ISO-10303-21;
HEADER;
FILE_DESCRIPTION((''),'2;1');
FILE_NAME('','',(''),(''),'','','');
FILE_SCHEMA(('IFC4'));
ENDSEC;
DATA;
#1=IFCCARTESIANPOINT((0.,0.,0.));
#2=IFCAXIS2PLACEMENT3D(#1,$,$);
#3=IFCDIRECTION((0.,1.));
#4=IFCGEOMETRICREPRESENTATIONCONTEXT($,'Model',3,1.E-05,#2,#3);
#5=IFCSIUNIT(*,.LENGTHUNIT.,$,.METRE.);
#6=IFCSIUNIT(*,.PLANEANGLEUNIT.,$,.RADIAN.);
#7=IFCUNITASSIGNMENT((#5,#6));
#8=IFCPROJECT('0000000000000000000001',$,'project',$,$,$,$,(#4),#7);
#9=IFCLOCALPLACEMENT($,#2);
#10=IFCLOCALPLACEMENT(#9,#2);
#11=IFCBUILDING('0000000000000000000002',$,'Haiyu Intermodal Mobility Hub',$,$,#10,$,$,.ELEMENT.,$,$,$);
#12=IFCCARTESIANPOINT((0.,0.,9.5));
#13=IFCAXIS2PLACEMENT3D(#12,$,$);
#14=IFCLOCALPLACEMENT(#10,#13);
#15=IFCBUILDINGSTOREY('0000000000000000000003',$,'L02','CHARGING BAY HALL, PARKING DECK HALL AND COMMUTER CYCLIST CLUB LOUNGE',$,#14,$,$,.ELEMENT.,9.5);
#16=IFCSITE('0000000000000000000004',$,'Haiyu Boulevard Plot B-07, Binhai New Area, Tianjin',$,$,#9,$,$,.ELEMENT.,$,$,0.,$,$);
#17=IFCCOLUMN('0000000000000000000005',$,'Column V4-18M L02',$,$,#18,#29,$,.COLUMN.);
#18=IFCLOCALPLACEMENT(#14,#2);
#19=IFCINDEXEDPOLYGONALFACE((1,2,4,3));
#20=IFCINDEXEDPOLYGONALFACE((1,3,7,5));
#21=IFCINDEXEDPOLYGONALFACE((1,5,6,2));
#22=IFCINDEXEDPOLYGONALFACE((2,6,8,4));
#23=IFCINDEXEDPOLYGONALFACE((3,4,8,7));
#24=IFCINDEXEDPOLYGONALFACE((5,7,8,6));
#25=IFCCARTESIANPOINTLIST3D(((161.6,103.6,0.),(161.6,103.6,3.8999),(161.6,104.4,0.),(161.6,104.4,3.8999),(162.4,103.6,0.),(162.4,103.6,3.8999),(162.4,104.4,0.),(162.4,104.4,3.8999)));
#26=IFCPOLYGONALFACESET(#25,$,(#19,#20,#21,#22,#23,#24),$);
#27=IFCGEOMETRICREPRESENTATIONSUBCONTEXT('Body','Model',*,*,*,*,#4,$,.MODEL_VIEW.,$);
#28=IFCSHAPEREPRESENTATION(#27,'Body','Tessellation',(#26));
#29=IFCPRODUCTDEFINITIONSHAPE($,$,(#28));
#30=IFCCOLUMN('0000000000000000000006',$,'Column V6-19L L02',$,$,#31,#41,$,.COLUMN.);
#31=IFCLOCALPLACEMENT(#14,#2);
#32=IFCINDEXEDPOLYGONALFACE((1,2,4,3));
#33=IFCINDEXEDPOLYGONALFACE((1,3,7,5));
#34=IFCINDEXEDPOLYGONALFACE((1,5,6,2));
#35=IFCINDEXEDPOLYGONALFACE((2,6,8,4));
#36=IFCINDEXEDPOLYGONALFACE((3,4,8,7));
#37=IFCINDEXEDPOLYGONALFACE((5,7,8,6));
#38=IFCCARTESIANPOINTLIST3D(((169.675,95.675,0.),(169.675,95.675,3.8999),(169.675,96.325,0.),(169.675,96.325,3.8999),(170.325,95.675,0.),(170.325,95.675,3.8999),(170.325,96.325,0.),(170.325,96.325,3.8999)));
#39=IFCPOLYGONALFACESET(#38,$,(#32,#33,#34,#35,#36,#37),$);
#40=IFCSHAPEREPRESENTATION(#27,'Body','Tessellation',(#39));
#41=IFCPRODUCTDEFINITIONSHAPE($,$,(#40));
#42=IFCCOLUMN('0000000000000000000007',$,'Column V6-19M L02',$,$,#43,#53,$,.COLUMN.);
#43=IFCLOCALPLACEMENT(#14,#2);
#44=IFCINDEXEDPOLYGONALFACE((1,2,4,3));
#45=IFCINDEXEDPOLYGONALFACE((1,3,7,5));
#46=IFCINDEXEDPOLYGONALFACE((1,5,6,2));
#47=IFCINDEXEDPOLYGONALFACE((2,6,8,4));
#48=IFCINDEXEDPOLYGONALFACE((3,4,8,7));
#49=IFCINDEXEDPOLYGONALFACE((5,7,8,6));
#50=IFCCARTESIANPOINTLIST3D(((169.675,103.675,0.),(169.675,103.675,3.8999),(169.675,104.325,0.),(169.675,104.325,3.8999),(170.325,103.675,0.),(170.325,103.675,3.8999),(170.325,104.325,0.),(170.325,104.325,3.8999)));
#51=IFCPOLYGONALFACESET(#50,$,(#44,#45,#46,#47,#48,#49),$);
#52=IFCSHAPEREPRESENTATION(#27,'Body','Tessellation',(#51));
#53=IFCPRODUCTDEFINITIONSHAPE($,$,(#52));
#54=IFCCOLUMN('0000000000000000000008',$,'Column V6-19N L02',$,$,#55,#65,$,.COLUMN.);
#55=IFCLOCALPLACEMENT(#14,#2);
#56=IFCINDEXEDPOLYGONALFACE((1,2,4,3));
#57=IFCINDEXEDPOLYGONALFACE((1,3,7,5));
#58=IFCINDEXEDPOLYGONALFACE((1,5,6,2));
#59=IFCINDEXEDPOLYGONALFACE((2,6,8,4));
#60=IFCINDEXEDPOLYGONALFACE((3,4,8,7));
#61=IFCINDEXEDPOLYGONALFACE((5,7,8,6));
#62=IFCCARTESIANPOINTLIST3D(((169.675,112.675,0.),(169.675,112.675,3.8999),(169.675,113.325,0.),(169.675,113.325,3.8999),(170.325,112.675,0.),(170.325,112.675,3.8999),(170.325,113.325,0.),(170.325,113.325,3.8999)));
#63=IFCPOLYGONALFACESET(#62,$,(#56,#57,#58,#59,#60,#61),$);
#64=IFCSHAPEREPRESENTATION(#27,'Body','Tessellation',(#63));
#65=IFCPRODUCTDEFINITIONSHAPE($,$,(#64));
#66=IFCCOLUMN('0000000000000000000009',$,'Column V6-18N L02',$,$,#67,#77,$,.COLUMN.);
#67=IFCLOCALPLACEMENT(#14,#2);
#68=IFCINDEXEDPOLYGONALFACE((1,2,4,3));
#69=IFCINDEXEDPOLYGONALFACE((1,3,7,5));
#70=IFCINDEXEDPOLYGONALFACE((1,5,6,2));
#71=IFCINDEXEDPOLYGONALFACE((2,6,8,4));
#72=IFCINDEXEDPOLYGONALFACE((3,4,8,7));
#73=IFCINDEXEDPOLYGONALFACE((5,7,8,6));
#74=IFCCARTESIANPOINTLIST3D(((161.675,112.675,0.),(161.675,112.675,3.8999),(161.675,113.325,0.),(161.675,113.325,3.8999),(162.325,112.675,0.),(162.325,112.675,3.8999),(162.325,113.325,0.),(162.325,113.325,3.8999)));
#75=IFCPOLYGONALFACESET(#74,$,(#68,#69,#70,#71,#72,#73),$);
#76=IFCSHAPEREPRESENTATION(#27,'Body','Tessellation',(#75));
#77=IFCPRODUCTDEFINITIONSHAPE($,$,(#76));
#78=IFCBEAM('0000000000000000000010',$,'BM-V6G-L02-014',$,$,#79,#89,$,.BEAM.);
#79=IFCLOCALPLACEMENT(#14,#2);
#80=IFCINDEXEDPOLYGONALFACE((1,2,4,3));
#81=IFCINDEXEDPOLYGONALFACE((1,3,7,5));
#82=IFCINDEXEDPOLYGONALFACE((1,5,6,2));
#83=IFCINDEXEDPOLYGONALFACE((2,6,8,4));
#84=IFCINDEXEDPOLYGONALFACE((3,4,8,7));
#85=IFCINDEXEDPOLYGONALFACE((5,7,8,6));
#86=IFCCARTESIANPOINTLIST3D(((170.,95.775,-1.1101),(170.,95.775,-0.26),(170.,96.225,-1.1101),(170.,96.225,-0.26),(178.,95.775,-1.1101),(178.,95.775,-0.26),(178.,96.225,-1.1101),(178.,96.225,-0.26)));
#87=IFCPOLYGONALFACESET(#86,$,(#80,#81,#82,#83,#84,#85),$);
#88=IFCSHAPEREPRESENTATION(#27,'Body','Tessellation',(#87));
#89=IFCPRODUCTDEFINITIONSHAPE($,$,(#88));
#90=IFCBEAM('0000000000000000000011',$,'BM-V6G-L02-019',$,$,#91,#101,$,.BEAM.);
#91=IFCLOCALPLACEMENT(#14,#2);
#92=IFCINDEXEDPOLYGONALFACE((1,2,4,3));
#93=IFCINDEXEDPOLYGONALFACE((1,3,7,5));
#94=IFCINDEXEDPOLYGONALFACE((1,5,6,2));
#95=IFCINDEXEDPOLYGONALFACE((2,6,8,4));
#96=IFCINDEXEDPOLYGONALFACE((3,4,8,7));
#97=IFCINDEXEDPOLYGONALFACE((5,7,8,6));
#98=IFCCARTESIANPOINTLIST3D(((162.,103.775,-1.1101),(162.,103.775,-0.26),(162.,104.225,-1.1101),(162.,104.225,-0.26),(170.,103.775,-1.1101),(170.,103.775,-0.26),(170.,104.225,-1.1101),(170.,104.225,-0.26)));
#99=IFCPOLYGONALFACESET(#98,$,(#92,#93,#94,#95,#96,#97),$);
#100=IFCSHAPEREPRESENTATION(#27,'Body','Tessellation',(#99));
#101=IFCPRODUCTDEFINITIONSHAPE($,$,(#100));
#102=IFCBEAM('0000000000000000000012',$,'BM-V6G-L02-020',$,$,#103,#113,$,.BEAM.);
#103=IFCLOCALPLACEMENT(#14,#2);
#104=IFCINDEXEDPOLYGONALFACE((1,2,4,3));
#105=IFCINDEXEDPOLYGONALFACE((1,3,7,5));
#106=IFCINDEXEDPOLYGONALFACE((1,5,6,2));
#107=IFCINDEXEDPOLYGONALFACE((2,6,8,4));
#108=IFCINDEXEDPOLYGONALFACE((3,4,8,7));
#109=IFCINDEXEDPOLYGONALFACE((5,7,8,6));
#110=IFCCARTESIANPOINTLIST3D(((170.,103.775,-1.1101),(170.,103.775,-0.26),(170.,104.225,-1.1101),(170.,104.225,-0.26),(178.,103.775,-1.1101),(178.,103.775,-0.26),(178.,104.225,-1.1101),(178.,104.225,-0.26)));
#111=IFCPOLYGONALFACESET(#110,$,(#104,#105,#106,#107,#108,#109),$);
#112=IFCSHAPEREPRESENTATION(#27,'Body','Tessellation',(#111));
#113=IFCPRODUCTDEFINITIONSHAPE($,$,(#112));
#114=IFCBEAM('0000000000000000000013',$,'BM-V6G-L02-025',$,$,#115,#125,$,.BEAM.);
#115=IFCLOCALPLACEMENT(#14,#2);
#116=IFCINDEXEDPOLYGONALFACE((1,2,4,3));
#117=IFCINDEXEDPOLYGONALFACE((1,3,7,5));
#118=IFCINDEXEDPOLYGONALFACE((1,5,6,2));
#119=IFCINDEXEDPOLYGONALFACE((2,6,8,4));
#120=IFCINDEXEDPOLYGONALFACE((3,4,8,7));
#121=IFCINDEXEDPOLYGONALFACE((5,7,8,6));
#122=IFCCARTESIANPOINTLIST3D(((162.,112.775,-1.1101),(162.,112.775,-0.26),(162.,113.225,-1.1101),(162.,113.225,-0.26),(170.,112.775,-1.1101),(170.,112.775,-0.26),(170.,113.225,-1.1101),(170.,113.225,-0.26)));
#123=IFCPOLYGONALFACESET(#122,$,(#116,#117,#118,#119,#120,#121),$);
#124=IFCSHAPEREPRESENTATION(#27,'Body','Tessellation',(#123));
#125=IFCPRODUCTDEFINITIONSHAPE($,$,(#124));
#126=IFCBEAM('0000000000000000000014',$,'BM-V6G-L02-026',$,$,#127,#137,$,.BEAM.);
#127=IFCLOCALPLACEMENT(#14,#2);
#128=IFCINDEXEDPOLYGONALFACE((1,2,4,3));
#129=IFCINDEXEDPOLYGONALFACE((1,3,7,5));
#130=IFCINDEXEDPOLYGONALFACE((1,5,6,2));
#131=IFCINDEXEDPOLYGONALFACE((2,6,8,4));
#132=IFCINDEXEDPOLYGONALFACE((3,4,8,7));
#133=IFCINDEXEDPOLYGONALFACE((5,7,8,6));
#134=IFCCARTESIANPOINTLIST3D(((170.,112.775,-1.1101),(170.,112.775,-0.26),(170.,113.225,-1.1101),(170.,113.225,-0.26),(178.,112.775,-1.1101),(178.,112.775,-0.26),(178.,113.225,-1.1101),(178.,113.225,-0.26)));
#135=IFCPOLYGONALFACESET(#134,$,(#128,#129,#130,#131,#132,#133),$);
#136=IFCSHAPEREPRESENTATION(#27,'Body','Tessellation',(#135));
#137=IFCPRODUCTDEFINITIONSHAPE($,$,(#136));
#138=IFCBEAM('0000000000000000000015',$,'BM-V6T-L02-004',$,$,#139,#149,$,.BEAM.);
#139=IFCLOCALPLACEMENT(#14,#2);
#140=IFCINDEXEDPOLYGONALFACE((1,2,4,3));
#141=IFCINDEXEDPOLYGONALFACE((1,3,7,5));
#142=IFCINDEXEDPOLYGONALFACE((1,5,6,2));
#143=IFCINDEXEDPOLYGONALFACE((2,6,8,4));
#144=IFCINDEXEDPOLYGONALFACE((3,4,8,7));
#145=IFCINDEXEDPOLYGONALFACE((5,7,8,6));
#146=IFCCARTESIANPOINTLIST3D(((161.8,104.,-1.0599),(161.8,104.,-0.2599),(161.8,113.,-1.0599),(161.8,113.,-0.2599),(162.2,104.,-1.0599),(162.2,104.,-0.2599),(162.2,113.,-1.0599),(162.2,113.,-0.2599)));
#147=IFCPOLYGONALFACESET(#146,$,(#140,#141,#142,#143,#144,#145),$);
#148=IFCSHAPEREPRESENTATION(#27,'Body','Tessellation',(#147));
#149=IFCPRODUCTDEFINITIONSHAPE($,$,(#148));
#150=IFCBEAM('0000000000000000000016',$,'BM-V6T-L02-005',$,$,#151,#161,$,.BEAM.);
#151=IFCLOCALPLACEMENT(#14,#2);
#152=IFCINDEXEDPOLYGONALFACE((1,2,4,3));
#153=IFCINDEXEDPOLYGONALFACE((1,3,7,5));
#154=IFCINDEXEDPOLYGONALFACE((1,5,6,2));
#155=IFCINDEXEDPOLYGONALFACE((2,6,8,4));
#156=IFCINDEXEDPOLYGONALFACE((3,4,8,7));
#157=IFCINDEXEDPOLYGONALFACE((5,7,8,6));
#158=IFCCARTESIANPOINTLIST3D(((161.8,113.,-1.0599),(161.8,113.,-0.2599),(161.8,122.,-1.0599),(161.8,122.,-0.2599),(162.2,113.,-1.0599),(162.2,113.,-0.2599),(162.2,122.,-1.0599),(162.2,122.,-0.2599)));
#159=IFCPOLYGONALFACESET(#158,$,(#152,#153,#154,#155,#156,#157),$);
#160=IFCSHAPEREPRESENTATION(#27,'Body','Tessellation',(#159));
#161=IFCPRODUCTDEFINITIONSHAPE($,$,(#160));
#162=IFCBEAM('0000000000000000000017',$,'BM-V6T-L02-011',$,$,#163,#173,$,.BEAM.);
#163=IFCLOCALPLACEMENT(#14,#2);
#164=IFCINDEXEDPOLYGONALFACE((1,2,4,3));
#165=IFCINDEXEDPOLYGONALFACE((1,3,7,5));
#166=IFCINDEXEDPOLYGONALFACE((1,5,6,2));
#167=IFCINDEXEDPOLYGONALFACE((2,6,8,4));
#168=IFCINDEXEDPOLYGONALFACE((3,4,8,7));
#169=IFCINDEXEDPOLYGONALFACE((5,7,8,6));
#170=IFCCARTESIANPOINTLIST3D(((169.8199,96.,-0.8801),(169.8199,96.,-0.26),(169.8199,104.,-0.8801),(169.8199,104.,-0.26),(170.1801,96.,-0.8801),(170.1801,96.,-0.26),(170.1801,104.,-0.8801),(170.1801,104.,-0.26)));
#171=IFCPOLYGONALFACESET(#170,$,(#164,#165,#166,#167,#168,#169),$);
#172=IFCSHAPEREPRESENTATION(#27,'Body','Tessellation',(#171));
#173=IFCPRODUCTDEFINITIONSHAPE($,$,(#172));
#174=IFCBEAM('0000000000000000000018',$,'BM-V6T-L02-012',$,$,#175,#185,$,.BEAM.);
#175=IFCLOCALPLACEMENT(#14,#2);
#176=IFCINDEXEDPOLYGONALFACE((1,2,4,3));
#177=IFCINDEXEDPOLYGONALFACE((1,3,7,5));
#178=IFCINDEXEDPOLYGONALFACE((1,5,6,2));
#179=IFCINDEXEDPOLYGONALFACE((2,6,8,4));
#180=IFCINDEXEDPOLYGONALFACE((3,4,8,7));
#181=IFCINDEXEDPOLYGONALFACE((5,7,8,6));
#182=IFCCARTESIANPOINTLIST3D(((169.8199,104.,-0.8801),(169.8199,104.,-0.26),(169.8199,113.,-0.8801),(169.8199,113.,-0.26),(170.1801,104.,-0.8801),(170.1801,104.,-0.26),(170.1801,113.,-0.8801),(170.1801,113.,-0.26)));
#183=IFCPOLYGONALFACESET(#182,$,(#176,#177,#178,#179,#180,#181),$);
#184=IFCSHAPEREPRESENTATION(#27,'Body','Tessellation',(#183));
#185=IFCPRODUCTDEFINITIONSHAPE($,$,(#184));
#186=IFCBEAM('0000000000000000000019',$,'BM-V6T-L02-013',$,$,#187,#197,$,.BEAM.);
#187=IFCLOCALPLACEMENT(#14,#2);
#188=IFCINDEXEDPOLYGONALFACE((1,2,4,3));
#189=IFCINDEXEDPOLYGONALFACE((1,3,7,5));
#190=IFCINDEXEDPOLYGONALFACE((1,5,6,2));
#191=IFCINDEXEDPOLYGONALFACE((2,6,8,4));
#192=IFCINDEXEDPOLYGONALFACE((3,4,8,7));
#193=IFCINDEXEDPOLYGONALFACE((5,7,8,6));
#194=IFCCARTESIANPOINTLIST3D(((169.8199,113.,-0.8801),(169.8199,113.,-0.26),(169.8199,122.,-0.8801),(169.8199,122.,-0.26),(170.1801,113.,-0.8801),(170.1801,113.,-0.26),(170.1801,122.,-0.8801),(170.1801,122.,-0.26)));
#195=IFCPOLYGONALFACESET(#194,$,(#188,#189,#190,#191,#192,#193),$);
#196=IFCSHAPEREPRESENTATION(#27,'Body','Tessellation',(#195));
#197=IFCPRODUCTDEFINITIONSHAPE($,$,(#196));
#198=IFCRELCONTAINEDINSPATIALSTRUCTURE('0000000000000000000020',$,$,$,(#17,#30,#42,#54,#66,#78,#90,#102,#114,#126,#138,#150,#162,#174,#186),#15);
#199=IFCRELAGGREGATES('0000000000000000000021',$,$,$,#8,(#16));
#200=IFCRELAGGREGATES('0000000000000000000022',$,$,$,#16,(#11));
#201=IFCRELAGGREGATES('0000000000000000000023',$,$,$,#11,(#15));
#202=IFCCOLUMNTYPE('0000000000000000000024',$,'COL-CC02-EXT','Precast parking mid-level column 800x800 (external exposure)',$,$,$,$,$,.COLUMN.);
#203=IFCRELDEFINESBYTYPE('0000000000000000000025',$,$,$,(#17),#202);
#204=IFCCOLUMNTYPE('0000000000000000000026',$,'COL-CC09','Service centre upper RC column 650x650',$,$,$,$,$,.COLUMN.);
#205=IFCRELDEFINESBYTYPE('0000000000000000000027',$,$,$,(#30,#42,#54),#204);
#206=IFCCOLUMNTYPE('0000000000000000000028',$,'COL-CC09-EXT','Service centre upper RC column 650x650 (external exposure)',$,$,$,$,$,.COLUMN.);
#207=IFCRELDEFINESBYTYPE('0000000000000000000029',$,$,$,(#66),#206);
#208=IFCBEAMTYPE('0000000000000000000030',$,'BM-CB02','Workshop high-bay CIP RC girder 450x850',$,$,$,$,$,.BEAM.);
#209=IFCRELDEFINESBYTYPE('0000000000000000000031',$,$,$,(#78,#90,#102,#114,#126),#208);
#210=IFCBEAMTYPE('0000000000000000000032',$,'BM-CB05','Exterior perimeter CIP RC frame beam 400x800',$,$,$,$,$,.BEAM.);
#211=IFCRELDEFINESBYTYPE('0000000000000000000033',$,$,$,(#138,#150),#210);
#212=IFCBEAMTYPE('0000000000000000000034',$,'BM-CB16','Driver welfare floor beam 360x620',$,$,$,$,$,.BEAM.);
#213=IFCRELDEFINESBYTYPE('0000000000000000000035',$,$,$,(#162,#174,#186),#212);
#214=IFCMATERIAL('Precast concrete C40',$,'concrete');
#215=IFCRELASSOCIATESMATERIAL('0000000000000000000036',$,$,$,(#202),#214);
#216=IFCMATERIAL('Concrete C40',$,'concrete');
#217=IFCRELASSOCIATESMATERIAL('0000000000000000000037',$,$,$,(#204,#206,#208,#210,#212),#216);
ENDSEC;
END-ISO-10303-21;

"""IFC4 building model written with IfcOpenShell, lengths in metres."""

from ifc_helpers import new_model, si_unit, direction, frame, origin, origin_2d, place, context, subcontext, project, spatial, rectangle, extrude, material, material_profile, profile_set, type_object, element, save


model = new_model("IFC4")

# Units and contexts
model_context = context("Model", 3, precision=1e-05, world=origin(), true_north=direction((0.0, 1.0)))
body_context = subcontext(model_context, "Body", "Model", "MODEL_VIEW")
ifc_project = project(units=[si_unit("LENGTHUNIT", "METRE"), si_unit("PLANEANGLEUNIT", "RADIAN")], contexts=[model_context])

# Site, building, storey
site_placement = place(None, origin())
site = spatial("IfcSite", under=ifc_project, at=site_placement, Name="Haiyu Boulevard Plot B-07, Binhai New Area, Tianjin", CompositionType="ELEMENT", RefElevation=0.0)
building_placement = place(site_placement, origin())
building = spatial("IfcBuilding", under=site, at=building_placement, Name="Haiyu Intermodal Mobility Hub", CompositionType="ELEMENT")
storey_placement = place(building_placement, frame((0.0, 0.0, 9.5)))
storey = spatial("IfcBuildingStorey", under=building, at=storey_placement, Name="L02", Description="CHARGING BAY HALL, PARKING DECK HALL AND COMMUTER CYCLIST CLUB LOUNGE", CompositionType="ELEMENT", Elevation=9.5)

# Columns
ifc_material_1 = material(Name="Precast concrete C40", Category="concrete")
ifc_material_profile_1 = material_profile(ifc_material_1, rectangle(XDim=0.8, YDim=0.8, at=origin_2d()), Name="RC800x800")
ifc_profile_set_1 = profile_set([ifc_material_profile_1], Name="Precast concrete C40")
column_type_1 = type_object("IfcColumnType", Name="COL-CC02-EXT", Description="Precast parking mid-level column 800x800 (external exposure)", PredefinedType="COLUMN", material=ifc_profile_set_1)
column_1_placement = place(storey_placement, frame((162.0, 104.0, 0.0), z_axis=(0.0, 0.0, 1.0), x_axis=(1.0, 0.0, 0.0)))
element("IfcColumn", 1, at=column_1_placement, inside=storey, type_object=column_type_1, Name="Column V4-18M L02", PredefinedType="COLUMN", context=body_context, shape_type="SweptSolid", body=[
    extrude(rectangle(XDim=0.8, YDim=0.8, at=origin_2d()), origin(), (0.0, 0.0, 1.0), 3.8999),
])
ifc_material_2 = material(Name="Concrete C40", Category="concrete")
ifc_material_profile_2 = material_profile(ifc_material_2, rectangle(XDim=0.6499, YDim=0.6499, at=origin_2d()), Name="RC650x650")
ifc_profile_set_2 = profile_set([ifc_material_profile_2], Name="Concrete C40")
column_type_2 = type_object("IfcColumnType", Name="COL-CC09", Description="Service centre upper RC column 650x650", PredefinedType="COLUMN", material=ifc_profile_set_2)
for number, where, z_axis, x_axis, name in (
    (2, (170.0, 96.0, 0.0), (0.0, 0.0, 1.0), (1.0, 0.0, 0.0), "Column V6-19L L02"),
    (3, (170.0, 104.0, 0.0), (0.0, 0.0, 1.0), (1.0, 0.0, 0.0), "Column V6-19M L02"),
    (4, (170.0, 113.0, 0.0), (0.0, 0.0, 1.0), (1.0, 0.0, 0.0), "Column V6-19N L02"),
):
    element("IfcColumn", number, at=place(storey_placement, frame(where, z_axis=z_axis, x_axis=x_axis)), inside=storey, type_object=column_type_2, Name=name, PredefinedType="COLUMN", context=body_context, shape_type="SweptSolid", body=[
        extrude(rectangle(XDim=0.6499, YDim=0.6499, at=origin_2d()), origin(), (0.0, 0.0, 1.0), 3.8999),
    ])
ifc_material_profile_3 = material_profile(ifc_material_2, rectangle(XDim=0.6499, YDim=0.6499, at=origin_2d()), Name="RC650x650")
ifc_profile_set_3 = profile_set([ifc_material_profile_3], Name="Concrete C40")
column_type_3 = type_object("IfcColumnType", Name="COL-CC09-EXT", Description="Service centre upper RC column 650x650 (external exposure)", PredefinedType="COLUMN", material=ifc_profile_set_3)
column_2_placement = place(storey_placement, frame((162.0, 113.0, 0.0), z_axis=(0.0, 0.0, 1.0), x_axis=(1.0, 0.0, 0.0)))
element("IfcColumn", 5, at=column_2_placement, inside=storey, type_object=column_type_3, Name="Column V6-18N L02", PredefinedType="COLUMN", context=body_context, shape_type="SweptSolid", body=[
    extrude(rectangle(XDim=0.6499, YDim=0.6499, at=origin_2d()), origin(), (0.0, 0.0, 1.0), 3.8999),
])

# Beams
ifc_material_profile_4 = material_profile(ifc_material_2, rectangle(XDim=0.45, YDim=0.8501, at=origin_2d()), Name="RCB450x850")
ifc_profile_set_4 = profile_set([ifc_material_profile_4], Name="Concrete C40")
beam_type_1 = type_object("IfcBeamType", Name="BM-CB02", Description="Workshop high-bay CIP RC girder 450x850", PredefinedType="BEAM", material=ifc_profile_set_4)
for number, where, z_axis, x_axis, name in (
    (6, (170.0, 96.0, -0.6851), (1.0, 0.0, 0.0), (0.0, 1.0, 0.0), "BM-V6G-L02-014"),
    (7, (162.0, 104.0, -0.6851), (1.0, 0.0, 0.0), (0.0, 1.0, 0.0), "BM-V6G-L02-019"),
    (8, (170.0, 104.0, -0.6851), (1.0, 0.0, 0.0), (0.0, 1.0, 0.0), "BM-V6G-L02-020"),
    (9, (162.0, 113.0, -0.6851), (1.0, 0.0, 0.0), (0.0, 1.0, 0.0), "BM-V6G-L02-025"),
    (10, (170.0, 113.0, -0.6851), (1.0, 0.0, 0.0), (0.0, 1.0, 0.0), "BM-V6G-L02-026"),
):
    element("IfcBeam", number, at=place(storey_placement, frame(where, z_axis=z_axis, x_axis=x_axis)), inside=storey, type_object=beam_type_1, Name=name, PredefinedType="BEAM", context=body_context, shape_type="SweptSolid", body=[
        extrude(rectangle(XDim=0.45, YDim=0.8501, at=origin_2d()), origin(), (0.0, 0.0, 1.0), 8.0),
    ])
ifc_material_profile_5 = material_profile(ifc_material_2, rectangle(XDim=0.3999, YDim=0.8, at=origin_2d()), Name="RCB400x800")
ifc_profile_set_5 = profile_set([ifc_material_profile_5], Name="Concrete C40")
beam_type_2 = type_object("IfcBeamType", Name="BM-CB05", Description="Exterior perimeter CIP RC frame beam 400x800", PredefinedType="BEAM", material=ifc_profile_set_5)
for number, where, z_axis, x_axis, name in (
    (11, (162.0, 104.0, -0.6599), (0.0, 1.0, 0.0), (-1.0, 0.0, 0.0), "BM-V6T-L02-004"),
    (12, (162.0, 113.0, -0.6599), (0.0, 1.0, 0.0), (-1.0, 0.0, 0.0), "BM-V6T-L02-005"),
):
    element("IfcBeam", number, at=place(storey_placement, frame(where, z_axis=z_axis, x_axis=x_axis)), inside=storey, type_object=beam_type_2, Name=name, PredefinedType="BEAM", context=body_context, shape_type="SweptSolid", body=[
        extrude(rectangle(XDim=0.3999, YDim=0.8, at=origin_2d()), origin(), (0.0, 0.0, 1.0), 9.0),
    ])
ifc_material_profile_6 = material_profile(ifc_material_2, rectangle(XDim=0.3601, YDim=0.6201, at=origin_2d()), Name="B360x620")
ifc_profile_set_6 = profile_set([ifc_material_profile_6], Name="Concrete C40")
beam_type_3 = type_object("IfcBeamType", Name="BM-CB16", Description="Driver welfare floor beam 360x620", PredefinedType="BEAM", material=ifc_profile_set_6)
beam_1_placement = place(storey_placement, frame((170.0, 96.0, -0.5701), z_axis=(0.0, 1.0, 0.0), x_axis=(-1.0, 0.0, 0.0)))
element("IfcBeam", 13, at=beam_1_placement, inside=storey, type_object=beam_type_3, Name="BM-V6T-L02-011", PredefinedType="BEAM", context=body_context, shape_type="SweptSolid", body=[
    extrude(rectangle(XDim=0.3601, YDim=0.6201, at=origin_2d()), origin(), (0.0, 0.0, 1.0), 8.0),
])
for number, where, z_axis, x_axis, name in (
    (14, (170.0, 104.0, -0.5701), (0.0, 1.0, 0.0), (-1.0, 0.0, 0.0), "BM-V6T-L02-012"),
    (15, (170.0, 113.0, -0.5701), (0.0, 1.0, 0.0), (-1.0, 0.0, 0.0), "BM-V6T-L02-013"),
):
    element("IfcBeam", number, at=place(storey_placement, frame(where, z_axis=z_axis, x_axis=x_axis)), inside=storey, type_object=beam_type_3, Name=name, PredefinedType="BEAM", context=body_context, shape_type="SweptSolid", body=[
        extrude(rectangle(XDim=0.3601, YDim=0.6201, at=origin_2d()), origin(), (0.0, 0.0, 1.0), 9.0),
    ])

save(model, "model.ifc")
